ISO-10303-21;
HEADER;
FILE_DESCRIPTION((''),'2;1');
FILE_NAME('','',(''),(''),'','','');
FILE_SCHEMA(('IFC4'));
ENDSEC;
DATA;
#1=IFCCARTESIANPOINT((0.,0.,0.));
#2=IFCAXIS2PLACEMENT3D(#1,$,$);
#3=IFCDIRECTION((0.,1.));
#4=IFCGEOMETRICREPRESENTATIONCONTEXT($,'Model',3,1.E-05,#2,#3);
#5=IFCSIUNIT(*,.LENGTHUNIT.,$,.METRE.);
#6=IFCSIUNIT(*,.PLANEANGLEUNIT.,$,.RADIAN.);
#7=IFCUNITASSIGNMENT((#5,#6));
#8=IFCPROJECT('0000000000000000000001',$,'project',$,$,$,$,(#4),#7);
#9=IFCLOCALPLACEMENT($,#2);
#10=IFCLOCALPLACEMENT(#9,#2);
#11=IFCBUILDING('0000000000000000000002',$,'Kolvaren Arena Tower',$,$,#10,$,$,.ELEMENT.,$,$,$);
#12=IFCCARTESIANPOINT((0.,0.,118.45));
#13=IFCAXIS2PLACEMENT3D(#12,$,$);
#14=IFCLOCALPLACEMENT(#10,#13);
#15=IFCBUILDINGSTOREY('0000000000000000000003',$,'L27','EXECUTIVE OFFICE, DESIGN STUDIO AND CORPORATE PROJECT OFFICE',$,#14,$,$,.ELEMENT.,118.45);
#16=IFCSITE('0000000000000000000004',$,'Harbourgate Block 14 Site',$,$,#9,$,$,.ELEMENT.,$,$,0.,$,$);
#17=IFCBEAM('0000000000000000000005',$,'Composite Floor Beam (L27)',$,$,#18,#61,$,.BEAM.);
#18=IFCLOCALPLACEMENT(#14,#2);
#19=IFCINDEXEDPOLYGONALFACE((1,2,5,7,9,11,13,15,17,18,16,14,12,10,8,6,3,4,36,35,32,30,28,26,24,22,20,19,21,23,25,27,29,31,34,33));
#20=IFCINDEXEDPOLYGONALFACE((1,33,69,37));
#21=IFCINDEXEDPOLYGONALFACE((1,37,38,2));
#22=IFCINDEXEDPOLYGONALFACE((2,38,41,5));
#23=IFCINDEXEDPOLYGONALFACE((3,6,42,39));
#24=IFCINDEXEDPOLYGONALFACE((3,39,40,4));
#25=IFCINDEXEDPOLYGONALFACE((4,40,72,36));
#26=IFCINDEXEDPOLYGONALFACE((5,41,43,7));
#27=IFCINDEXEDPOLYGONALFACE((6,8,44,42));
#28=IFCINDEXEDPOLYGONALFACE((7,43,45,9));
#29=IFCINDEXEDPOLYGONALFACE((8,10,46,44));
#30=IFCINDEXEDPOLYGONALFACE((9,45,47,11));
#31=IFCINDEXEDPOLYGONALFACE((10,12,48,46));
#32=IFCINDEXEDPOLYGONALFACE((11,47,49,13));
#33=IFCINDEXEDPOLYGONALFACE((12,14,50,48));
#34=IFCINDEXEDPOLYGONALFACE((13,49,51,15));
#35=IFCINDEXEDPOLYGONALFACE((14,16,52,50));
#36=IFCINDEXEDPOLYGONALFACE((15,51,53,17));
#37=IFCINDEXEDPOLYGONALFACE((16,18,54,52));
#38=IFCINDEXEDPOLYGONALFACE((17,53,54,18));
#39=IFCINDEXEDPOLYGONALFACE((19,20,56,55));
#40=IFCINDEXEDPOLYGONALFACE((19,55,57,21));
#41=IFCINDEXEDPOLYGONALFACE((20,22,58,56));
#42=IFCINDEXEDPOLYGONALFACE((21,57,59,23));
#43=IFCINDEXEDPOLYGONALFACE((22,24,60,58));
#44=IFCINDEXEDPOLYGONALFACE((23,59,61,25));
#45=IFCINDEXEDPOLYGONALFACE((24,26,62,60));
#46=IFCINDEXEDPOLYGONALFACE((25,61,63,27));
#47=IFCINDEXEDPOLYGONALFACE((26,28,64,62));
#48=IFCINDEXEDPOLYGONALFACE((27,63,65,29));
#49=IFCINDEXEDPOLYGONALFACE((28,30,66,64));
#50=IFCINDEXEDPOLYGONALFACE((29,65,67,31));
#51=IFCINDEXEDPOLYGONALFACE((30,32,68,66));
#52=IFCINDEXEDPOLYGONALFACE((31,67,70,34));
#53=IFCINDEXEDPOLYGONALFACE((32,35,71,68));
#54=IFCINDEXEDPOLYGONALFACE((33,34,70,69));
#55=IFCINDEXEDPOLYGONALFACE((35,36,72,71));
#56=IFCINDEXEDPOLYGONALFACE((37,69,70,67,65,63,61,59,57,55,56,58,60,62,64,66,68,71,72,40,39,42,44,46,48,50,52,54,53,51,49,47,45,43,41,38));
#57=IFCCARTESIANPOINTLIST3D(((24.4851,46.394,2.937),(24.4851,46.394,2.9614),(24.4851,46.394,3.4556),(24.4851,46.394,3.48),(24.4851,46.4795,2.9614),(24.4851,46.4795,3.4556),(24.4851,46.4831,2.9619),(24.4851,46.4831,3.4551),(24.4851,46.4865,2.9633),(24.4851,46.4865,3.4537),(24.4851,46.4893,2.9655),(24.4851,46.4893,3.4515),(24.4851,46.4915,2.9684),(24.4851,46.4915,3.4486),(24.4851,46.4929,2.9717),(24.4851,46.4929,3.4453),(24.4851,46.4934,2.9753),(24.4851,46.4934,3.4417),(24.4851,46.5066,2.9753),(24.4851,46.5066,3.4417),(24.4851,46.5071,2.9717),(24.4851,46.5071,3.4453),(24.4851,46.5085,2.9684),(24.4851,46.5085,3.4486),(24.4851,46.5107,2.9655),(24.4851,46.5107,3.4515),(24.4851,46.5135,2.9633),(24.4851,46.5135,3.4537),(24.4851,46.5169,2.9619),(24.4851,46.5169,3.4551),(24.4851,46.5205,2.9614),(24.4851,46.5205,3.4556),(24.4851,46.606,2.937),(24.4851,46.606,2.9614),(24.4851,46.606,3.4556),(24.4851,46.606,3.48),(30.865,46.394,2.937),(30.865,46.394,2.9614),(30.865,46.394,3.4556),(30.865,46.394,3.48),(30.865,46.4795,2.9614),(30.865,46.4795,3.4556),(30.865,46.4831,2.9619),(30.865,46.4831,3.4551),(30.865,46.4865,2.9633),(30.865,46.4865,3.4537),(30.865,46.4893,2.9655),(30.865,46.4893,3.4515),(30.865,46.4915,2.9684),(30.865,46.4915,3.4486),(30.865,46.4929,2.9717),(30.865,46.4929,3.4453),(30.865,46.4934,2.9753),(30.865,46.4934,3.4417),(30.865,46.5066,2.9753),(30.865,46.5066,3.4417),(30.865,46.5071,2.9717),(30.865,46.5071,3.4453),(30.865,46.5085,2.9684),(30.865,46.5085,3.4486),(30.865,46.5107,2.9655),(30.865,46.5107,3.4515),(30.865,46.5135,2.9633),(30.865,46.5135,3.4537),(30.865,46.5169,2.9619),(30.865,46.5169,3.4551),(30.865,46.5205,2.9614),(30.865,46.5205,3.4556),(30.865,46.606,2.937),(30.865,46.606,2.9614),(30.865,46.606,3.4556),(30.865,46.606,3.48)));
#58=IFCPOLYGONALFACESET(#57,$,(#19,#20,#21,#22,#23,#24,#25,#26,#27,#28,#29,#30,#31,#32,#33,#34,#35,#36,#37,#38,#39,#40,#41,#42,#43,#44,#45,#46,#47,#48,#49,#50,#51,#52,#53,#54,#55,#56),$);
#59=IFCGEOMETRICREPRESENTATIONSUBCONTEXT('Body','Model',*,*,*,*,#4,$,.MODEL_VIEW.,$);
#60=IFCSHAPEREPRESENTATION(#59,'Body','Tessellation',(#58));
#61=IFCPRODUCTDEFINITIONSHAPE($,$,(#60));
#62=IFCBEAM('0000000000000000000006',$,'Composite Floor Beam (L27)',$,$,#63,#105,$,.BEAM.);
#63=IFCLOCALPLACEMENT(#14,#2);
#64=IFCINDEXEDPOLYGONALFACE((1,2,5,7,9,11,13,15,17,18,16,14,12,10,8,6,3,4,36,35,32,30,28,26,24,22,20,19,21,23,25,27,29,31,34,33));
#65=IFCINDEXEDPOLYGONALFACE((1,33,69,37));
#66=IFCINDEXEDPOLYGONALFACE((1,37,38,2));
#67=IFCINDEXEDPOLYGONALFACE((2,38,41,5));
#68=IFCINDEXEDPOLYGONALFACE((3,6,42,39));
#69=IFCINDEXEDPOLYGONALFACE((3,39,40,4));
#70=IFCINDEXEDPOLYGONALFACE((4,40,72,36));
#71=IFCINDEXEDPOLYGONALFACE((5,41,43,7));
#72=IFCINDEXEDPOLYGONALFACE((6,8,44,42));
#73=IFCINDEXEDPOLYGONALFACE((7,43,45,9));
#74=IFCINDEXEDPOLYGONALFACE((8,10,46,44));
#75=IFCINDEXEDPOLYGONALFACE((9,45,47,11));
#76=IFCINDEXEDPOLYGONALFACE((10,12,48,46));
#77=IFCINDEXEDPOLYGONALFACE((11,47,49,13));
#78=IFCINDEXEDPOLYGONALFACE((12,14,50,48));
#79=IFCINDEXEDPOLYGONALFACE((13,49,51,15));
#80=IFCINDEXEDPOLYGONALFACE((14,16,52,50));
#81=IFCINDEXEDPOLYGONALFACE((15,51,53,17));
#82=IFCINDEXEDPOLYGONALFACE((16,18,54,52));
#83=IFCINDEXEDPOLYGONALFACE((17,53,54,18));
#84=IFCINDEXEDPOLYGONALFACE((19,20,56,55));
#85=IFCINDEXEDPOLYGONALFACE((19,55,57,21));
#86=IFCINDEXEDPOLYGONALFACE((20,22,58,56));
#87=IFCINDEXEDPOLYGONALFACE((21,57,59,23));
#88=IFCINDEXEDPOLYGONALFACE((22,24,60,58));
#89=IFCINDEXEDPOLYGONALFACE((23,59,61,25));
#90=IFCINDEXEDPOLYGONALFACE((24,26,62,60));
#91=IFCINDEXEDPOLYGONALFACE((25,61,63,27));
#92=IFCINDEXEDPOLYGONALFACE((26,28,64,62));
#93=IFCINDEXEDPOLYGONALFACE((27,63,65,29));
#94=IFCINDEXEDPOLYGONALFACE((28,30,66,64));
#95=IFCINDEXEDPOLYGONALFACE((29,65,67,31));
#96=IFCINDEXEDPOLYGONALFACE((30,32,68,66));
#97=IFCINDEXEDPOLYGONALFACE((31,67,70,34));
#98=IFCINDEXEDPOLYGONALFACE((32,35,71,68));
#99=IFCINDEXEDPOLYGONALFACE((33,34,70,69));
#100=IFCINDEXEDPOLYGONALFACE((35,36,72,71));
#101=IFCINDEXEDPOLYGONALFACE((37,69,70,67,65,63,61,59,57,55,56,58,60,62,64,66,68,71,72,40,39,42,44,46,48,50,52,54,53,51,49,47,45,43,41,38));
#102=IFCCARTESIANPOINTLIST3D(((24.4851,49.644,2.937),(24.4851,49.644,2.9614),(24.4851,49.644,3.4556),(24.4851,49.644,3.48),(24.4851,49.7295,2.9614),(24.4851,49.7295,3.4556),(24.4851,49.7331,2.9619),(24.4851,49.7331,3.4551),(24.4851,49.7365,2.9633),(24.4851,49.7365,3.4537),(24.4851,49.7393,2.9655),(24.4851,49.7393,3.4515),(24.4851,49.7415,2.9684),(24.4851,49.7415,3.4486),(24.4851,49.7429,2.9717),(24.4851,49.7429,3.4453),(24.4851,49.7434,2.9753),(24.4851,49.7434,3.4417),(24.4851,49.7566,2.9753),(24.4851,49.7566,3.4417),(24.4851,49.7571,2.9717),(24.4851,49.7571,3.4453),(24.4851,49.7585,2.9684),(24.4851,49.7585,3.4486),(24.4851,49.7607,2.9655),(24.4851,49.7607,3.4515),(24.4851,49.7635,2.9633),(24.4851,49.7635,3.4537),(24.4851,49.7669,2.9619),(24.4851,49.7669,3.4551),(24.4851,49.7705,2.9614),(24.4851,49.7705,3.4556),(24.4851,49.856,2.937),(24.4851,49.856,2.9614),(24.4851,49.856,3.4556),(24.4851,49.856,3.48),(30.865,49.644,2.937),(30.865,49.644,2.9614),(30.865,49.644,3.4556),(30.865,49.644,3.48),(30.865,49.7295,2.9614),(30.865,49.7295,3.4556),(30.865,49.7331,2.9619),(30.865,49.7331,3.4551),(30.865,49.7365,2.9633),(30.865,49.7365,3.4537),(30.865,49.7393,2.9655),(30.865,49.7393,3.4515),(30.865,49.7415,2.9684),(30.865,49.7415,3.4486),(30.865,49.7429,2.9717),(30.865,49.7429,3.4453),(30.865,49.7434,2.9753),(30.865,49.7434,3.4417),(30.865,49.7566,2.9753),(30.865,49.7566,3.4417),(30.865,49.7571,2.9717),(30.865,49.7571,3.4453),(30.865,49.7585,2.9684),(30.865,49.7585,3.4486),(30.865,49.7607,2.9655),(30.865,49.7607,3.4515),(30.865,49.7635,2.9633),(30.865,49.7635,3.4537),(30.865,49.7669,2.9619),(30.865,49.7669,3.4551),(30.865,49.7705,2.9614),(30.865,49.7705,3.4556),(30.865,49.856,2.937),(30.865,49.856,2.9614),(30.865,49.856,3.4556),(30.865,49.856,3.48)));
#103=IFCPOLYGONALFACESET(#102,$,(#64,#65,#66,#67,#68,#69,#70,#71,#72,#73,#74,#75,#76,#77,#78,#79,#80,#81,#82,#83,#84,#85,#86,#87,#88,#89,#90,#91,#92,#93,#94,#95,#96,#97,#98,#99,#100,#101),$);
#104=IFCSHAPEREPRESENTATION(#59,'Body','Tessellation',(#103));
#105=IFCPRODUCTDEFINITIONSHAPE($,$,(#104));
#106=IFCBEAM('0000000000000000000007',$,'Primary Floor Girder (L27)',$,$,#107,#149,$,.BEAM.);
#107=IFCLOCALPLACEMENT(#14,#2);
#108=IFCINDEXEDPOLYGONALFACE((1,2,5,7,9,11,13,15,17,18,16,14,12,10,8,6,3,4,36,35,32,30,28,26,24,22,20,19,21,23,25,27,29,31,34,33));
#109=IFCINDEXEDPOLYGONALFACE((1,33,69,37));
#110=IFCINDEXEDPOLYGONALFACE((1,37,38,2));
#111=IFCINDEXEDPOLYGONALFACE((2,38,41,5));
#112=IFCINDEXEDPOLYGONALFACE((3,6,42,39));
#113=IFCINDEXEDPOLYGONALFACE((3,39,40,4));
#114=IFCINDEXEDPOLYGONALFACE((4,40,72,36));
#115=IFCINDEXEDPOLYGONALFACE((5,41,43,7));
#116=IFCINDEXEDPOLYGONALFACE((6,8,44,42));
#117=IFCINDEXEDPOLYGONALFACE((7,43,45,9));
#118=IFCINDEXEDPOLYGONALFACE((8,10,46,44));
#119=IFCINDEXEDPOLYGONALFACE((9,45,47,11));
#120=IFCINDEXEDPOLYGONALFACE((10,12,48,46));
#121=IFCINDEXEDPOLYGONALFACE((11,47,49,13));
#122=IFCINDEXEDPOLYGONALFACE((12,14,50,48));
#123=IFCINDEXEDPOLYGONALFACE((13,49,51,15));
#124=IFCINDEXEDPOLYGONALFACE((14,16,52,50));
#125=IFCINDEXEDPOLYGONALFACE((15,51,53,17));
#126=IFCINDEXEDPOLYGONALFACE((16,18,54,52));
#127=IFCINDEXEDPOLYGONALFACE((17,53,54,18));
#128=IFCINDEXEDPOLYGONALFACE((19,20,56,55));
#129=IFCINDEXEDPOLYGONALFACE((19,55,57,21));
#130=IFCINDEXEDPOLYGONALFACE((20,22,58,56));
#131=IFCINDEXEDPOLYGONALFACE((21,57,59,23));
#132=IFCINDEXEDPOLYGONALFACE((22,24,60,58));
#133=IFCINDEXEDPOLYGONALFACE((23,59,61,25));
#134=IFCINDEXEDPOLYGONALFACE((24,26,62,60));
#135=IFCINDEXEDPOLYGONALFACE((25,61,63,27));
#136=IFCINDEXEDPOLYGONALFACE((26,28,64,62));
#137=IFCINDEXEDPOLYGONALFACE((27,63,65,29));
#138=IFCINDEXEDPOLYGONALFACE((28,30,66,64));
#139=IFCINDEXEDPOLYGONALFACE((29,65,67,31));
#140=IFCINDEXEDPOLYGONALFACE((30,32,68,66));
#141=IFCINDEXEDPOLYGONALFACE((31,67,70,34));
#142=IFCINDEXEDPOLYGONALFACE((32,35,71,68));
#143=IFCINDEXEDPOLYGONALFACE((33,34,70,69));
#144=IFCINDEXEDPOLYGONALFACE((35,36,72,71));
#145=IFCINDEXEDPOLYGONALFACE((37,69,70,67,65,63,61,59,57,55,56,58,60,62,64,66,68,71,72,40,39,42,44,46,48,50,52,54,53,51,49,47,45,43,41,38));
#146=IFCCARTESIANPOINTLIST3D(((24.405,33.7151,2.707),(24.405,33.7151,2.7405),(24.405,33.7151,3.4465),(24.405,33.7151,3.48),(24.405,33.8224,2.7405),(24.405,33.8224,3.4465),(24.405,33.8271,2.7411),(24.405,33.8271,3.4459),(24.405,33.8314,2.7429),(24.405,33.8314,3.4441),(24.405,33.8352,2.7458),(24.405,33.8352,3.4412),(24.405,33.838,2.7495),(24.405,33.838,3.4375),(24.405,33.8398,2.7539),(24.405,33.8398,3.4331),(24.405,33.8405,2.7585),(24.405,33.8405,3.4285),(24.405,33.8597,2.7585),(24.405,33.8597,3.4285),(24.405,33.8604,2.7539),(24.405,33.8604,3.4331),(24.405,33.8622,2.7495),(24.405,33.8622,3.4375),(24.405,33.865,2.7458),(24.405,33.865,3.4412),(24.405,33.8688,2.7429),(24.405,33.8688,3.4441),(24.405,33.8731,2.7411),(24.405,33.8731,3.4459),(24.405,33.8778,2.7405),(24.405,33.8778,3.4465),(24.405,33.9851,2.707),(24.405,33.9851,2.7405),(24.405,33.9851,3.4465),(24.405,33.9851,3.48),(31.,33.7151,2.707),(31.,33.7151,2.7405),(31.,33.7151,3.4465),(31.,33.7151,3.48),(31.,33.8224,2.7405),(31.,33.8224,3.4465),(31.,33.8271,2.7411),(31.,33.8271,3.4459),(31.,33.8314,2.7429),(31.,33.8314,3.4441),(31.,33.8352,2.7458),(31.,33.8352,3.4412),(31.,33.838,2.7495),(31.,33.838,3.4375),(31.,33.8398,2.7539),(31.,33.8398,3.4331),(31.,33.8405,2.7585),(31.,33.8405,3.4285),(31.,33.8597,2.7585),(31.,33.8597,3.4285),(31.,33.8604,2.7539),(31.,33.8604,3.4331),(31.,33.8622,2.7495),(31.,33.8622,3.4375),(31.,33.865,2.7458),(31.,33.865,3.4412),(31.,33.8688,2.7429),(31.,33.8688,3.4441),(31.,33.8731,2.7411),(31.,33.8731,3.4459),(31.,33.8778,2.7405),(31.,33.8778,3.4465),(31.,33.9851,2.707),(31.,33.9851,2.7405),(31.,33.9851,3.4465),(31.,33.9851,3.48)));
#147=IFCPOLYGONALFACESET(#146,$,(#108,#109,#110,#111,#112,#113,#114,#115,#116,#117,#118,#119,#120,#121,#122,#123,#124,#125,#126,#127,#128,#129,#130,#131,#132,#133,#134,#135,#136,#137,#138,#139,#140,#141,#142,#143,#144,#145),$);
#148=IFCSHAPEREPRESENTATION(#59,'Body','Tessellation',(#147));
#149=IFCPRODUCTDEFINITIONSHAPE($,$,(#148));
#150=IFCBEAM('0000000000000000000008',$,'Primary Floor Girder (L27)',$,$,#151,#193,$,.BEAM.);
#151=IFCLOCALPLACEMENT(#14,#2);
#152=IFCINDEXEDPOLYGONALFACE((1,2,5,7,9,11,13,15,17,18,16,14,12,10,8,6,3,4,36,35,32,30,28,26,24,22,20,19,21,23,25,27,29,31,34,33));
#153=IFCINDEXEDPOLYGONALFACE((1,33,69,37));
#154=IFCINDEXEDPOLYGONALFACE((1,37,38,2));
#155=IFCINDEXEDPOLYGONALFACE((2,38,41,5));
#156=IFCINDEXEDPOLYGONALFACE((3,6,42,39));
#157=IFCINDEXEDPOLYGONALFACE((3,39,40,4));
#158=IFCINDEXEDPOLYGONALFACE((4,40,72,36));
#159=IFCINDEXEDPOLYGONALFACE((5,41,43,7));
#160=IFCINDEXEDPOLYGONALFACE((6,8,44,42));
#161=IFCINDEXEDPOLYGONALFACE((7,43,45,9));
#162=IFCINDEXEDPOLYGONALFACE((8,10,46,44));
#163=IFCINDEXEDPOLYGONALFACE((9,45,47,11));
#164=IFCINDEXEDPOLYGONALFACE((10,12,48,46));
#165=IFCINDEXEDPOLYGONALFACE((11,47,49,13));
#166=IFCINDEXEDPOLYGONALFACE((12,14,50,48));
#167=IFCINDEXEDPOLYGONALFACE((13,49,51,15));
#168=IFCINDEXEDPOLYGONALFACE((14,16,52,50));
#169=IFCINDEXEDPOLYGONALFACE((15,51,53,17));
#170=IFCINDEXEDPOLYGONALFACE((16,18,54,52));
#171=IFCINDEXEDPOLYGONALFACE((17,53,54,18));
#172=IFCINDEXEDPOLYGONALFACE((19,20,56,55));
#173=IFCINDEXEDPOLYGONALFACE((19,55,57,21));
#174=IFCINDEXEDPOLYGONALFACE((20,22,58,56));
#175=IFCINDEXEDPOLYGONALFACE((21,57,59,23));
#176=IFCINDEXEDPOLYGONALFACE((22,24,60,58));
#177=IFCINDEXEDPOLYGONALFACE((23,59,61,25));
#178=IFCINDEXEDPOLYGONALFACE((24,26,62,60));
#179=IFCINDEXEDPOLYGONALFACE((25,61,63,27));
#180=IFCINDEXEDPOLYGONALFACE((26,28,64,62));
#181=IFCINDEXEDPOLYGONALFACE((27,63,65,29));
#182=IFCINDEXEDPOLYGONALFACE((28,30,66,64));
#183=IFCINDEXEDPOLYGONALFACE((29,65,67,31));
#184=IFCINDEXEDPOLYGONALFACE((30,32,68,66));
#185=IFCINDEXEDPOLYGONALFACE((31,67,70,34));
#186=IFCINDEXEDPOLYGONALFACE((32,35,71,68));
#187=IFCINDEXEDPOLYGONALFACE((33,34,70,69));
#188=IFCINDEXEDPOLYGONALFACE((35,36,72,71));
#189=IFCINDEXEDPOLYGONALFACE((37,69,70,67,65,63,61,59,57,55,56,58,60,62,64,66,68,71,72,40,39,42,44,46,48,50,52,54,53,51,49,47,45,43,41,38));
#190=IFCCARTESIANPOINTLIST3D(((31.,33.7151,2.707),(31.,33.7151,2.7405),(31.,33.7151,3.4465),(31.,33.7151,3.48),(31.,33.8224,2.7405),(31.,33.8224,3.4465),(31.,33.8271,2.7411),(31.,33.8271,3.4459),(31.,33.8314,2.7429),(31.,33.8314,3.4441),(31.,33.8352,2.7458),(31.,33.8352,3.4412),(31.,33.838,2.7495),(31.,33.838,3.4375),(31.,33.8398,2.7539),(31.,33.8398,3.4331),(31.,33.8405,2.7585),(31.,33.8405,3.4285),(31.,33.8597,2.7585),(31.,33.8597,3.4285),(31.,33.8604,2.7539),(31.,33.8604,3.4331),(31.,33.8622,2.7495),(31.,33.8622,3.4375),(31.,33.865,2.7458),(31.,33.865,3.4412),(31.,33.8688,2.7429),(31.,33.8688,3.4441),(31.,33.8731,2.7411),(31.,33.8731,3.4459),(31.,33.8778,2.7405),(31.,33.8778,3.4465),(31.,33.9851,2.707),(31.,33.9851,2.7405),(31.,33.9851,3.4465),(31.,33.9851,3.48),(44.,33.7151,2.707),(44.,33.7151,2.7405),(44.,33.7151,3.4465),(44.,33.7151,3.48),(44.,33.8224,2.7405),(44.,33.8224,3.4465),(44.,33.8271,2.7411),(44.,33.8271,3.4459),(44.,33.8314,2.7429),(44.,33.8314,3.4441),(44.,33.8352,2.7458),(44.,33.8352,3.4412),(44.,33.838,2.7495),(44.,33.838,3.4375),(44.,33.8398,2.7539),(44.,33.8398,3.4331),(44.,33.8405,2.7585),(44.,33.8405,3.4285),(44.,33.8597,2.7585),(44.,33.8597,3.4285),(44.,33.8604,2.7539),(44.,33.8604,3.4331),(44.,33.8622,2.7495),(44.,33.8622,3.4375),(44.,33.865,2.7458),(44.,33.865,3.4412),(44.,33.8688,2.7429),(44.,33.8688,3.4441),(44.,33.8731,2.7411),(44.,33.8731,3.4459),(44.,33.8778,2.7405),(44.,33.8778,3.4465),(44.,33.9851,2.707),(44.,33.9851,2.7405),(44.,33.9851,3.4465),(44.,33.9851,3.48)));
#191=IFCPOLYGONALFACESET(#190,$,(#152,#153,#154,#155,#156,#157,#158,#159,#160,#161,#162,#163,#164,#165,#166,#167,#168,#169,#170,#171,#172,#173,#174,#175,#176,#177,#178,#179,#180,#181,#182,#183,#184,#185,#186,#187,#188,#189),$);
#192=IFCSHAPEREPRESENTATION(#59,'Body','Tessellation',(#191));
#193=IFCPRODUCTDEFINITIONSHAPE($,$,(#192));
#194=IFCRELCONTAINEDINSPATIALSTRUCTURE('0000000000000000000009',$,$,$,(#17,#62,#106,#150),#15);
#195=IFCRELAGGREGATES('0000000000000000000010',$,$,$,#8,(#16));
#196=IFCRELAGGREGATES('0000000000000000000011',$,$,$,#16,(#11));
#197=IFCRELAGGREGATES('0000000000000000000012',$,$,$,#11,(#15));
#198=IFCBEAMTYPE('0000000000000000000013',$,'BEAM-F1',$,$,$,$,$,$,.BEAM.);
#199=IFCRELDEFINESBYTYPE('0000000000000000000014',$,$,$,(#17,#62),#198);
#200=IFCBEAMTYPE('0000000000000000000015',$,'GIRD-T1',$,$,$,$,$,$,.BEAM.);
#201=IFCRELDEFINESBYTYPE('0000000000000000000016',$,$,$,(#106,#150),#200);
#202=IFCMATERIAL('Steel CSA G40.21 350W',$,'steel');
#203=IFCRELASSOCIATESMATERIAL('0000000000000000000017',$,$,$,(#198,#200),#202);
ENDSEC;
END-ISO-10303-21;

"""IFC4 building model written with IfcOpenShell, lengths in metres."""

from ifc_helpers import new_model, si_unit, direction, frame, origin, origin_2d, place, context, subcontext, project, spatial, i_section, extrude, material, material_profile, profile_set, type_object, element, save


model = new_model("IFC4")

# Units and contexts
model_context = context("Model", 3, precision=1e-05, world=origin(), true_north=direction((0.0, 1.0)))
body_context = subcontext(model_context, "Body", "Model", "MODEL_VIEW")
ifc_project = project(units=[si_unit("LENGTHUNIT", "METRE"), si_unit("PLANEANGLEUNIT", "RADIAN")], contexts=[model_context])

# Site, building, storey
site_placement = place(None, origin())
site = spatial("IfcSite", under=ifc_project, at=site_placement, Name="Harbourgate Block 14 Site", CompositionType="ELEMENT", RefElevation=0.0)
building_placement = place(site_placement, origin())
building = spatial("IfcBuilding", under=site, at=building_placement, Name="Kolvaren Arena Tower", CompositionType="ELEMENT")
storey_placement = place(building_placement, frame((0.0, 0.0, 118.45)))
storey = spatial("IfcBuildingStorey", under=building, at=storey_placement, Name="L27", Description="EXECUTIVE OFFICE, DESIGN STUDIO AND CORPORATE PROJECT OFFICE", CompositionType="ELEMENT", Elevation=118.45)

# Beams
ifc_material_1 = material(Name="Steel CSA G40.21 350W", Category="steel")
ifc_material_profile_1 = material_profile(ifc_material_1, i_section(OverallWidth=0.2119, OverallDepth=0.543, WebThickness=0.0132, FlangeThickness=0.0244, FilletRadius=0.0139, at=origin_2d()), Name="W530x150")
ifc_profile_set_1 = profile_set([ifc_material_profile_1], Name="Steel CSA G40.21 350W")
beam_type_1 = type_object("IfcBeamType", Name="BEAM-F1", PredefinedType="BEAM", material=ifc_profile_set_1)
for number, where, z_axis, x_axis, name in (
    (1, (24.4851, 46.5, 3.2085), (1.0, 0.0, 0.0), (0.0, 1.0, 0.0), "Composite Floor Beam (L27)"),
    (2, (24.4851, 49.75, 3.2085), (1.0, 0.0, 0.0), (0.0, 1.0, 0.0), "Composite Floor Beam (L27)"),
):
    element("IfcBeam", number, at=place(storey_placement, frame(where, z_axis=z_axis, x_axis=x_axis)), inside=storey, type_object=beam_type_1, Name=name, PredefinedType="BEAM", context=body_context, shape_type="SweptSolid", body=[
        extrude(i_section(OverallWidth=0.2119, OverallDepth=0.543, WebThickness=0.0132, FlangeThickness=0.0244, FilletRadius=0.0139, at=origin_2d()), origin(), (0.0, 0.0, 1.0), 6.3799),
    ])
ifc_material_profile_2 = material_profile(ifc_material_1, i_section(OverallWidth=0.27, OverallDepth=0.7729, WebThickness=0.0193, FlangeThickness=0.0334, FilletRadius=0.0181, at=origin_2d()), Name="W760x257")
ifc_profile_set_2 = profile_set([ifc_material_profile_2], Name="Steel CSA G40.21 350W")
beam_type_2 = type_object("IfcBeamType", Name="GIRD-T1", PredefinedType="BEAM", material=ifc_profile_set_2)
beam_1_placement = place(storey_placement, frame((24.405, 33.8501, 3.0935), z_axis=(1.0, 0.0, 0.0), x_axis=(0.0, 1.0, 0.0)))
element("IfcBeam", 3, at=beam_1_placement, inside=storey, type_object=beam_type_2, Name="Primary Floor Girder (L27)", PredefinedType="BEAM", context=body_context, shape_type="SweptSolid", body=[
    extrude(i_section(OverallWidth=0.27, OverallDepth=0.7729, WebThickness=0.0193, FlangeThickness=0.0334, FilletRadius=0.0181, at=origin_2d()), origin(), (0.0, 0.0, 1.0), 6.595),
])
beam_2_placement = place(storey_placement, frame((31.0, 33.8501, 3.0935), z_axis=(1.0, 0.0, 0.0), x_axis=(0.0, 1.0, 0.0)))
element("IfcBeam", 4, at=beam_2_placement, inside=storey, type_object=beam_type_2, Name="Primary Floor Girder (L27)", PredefinedType="BEAM", context=body_context, shape_type="SweptSolid", body=[
    extrude(i_section(OverallWidth=0.27, OverallDepth=0.7729, WebThickness=0.0193, FlangeThickness=0.0334, FilletRadius=0.0181, at=origin_2d()), origin(), (0.0, 0.0, 1.0), 13.0),
])

save(model, "model.ifc")
